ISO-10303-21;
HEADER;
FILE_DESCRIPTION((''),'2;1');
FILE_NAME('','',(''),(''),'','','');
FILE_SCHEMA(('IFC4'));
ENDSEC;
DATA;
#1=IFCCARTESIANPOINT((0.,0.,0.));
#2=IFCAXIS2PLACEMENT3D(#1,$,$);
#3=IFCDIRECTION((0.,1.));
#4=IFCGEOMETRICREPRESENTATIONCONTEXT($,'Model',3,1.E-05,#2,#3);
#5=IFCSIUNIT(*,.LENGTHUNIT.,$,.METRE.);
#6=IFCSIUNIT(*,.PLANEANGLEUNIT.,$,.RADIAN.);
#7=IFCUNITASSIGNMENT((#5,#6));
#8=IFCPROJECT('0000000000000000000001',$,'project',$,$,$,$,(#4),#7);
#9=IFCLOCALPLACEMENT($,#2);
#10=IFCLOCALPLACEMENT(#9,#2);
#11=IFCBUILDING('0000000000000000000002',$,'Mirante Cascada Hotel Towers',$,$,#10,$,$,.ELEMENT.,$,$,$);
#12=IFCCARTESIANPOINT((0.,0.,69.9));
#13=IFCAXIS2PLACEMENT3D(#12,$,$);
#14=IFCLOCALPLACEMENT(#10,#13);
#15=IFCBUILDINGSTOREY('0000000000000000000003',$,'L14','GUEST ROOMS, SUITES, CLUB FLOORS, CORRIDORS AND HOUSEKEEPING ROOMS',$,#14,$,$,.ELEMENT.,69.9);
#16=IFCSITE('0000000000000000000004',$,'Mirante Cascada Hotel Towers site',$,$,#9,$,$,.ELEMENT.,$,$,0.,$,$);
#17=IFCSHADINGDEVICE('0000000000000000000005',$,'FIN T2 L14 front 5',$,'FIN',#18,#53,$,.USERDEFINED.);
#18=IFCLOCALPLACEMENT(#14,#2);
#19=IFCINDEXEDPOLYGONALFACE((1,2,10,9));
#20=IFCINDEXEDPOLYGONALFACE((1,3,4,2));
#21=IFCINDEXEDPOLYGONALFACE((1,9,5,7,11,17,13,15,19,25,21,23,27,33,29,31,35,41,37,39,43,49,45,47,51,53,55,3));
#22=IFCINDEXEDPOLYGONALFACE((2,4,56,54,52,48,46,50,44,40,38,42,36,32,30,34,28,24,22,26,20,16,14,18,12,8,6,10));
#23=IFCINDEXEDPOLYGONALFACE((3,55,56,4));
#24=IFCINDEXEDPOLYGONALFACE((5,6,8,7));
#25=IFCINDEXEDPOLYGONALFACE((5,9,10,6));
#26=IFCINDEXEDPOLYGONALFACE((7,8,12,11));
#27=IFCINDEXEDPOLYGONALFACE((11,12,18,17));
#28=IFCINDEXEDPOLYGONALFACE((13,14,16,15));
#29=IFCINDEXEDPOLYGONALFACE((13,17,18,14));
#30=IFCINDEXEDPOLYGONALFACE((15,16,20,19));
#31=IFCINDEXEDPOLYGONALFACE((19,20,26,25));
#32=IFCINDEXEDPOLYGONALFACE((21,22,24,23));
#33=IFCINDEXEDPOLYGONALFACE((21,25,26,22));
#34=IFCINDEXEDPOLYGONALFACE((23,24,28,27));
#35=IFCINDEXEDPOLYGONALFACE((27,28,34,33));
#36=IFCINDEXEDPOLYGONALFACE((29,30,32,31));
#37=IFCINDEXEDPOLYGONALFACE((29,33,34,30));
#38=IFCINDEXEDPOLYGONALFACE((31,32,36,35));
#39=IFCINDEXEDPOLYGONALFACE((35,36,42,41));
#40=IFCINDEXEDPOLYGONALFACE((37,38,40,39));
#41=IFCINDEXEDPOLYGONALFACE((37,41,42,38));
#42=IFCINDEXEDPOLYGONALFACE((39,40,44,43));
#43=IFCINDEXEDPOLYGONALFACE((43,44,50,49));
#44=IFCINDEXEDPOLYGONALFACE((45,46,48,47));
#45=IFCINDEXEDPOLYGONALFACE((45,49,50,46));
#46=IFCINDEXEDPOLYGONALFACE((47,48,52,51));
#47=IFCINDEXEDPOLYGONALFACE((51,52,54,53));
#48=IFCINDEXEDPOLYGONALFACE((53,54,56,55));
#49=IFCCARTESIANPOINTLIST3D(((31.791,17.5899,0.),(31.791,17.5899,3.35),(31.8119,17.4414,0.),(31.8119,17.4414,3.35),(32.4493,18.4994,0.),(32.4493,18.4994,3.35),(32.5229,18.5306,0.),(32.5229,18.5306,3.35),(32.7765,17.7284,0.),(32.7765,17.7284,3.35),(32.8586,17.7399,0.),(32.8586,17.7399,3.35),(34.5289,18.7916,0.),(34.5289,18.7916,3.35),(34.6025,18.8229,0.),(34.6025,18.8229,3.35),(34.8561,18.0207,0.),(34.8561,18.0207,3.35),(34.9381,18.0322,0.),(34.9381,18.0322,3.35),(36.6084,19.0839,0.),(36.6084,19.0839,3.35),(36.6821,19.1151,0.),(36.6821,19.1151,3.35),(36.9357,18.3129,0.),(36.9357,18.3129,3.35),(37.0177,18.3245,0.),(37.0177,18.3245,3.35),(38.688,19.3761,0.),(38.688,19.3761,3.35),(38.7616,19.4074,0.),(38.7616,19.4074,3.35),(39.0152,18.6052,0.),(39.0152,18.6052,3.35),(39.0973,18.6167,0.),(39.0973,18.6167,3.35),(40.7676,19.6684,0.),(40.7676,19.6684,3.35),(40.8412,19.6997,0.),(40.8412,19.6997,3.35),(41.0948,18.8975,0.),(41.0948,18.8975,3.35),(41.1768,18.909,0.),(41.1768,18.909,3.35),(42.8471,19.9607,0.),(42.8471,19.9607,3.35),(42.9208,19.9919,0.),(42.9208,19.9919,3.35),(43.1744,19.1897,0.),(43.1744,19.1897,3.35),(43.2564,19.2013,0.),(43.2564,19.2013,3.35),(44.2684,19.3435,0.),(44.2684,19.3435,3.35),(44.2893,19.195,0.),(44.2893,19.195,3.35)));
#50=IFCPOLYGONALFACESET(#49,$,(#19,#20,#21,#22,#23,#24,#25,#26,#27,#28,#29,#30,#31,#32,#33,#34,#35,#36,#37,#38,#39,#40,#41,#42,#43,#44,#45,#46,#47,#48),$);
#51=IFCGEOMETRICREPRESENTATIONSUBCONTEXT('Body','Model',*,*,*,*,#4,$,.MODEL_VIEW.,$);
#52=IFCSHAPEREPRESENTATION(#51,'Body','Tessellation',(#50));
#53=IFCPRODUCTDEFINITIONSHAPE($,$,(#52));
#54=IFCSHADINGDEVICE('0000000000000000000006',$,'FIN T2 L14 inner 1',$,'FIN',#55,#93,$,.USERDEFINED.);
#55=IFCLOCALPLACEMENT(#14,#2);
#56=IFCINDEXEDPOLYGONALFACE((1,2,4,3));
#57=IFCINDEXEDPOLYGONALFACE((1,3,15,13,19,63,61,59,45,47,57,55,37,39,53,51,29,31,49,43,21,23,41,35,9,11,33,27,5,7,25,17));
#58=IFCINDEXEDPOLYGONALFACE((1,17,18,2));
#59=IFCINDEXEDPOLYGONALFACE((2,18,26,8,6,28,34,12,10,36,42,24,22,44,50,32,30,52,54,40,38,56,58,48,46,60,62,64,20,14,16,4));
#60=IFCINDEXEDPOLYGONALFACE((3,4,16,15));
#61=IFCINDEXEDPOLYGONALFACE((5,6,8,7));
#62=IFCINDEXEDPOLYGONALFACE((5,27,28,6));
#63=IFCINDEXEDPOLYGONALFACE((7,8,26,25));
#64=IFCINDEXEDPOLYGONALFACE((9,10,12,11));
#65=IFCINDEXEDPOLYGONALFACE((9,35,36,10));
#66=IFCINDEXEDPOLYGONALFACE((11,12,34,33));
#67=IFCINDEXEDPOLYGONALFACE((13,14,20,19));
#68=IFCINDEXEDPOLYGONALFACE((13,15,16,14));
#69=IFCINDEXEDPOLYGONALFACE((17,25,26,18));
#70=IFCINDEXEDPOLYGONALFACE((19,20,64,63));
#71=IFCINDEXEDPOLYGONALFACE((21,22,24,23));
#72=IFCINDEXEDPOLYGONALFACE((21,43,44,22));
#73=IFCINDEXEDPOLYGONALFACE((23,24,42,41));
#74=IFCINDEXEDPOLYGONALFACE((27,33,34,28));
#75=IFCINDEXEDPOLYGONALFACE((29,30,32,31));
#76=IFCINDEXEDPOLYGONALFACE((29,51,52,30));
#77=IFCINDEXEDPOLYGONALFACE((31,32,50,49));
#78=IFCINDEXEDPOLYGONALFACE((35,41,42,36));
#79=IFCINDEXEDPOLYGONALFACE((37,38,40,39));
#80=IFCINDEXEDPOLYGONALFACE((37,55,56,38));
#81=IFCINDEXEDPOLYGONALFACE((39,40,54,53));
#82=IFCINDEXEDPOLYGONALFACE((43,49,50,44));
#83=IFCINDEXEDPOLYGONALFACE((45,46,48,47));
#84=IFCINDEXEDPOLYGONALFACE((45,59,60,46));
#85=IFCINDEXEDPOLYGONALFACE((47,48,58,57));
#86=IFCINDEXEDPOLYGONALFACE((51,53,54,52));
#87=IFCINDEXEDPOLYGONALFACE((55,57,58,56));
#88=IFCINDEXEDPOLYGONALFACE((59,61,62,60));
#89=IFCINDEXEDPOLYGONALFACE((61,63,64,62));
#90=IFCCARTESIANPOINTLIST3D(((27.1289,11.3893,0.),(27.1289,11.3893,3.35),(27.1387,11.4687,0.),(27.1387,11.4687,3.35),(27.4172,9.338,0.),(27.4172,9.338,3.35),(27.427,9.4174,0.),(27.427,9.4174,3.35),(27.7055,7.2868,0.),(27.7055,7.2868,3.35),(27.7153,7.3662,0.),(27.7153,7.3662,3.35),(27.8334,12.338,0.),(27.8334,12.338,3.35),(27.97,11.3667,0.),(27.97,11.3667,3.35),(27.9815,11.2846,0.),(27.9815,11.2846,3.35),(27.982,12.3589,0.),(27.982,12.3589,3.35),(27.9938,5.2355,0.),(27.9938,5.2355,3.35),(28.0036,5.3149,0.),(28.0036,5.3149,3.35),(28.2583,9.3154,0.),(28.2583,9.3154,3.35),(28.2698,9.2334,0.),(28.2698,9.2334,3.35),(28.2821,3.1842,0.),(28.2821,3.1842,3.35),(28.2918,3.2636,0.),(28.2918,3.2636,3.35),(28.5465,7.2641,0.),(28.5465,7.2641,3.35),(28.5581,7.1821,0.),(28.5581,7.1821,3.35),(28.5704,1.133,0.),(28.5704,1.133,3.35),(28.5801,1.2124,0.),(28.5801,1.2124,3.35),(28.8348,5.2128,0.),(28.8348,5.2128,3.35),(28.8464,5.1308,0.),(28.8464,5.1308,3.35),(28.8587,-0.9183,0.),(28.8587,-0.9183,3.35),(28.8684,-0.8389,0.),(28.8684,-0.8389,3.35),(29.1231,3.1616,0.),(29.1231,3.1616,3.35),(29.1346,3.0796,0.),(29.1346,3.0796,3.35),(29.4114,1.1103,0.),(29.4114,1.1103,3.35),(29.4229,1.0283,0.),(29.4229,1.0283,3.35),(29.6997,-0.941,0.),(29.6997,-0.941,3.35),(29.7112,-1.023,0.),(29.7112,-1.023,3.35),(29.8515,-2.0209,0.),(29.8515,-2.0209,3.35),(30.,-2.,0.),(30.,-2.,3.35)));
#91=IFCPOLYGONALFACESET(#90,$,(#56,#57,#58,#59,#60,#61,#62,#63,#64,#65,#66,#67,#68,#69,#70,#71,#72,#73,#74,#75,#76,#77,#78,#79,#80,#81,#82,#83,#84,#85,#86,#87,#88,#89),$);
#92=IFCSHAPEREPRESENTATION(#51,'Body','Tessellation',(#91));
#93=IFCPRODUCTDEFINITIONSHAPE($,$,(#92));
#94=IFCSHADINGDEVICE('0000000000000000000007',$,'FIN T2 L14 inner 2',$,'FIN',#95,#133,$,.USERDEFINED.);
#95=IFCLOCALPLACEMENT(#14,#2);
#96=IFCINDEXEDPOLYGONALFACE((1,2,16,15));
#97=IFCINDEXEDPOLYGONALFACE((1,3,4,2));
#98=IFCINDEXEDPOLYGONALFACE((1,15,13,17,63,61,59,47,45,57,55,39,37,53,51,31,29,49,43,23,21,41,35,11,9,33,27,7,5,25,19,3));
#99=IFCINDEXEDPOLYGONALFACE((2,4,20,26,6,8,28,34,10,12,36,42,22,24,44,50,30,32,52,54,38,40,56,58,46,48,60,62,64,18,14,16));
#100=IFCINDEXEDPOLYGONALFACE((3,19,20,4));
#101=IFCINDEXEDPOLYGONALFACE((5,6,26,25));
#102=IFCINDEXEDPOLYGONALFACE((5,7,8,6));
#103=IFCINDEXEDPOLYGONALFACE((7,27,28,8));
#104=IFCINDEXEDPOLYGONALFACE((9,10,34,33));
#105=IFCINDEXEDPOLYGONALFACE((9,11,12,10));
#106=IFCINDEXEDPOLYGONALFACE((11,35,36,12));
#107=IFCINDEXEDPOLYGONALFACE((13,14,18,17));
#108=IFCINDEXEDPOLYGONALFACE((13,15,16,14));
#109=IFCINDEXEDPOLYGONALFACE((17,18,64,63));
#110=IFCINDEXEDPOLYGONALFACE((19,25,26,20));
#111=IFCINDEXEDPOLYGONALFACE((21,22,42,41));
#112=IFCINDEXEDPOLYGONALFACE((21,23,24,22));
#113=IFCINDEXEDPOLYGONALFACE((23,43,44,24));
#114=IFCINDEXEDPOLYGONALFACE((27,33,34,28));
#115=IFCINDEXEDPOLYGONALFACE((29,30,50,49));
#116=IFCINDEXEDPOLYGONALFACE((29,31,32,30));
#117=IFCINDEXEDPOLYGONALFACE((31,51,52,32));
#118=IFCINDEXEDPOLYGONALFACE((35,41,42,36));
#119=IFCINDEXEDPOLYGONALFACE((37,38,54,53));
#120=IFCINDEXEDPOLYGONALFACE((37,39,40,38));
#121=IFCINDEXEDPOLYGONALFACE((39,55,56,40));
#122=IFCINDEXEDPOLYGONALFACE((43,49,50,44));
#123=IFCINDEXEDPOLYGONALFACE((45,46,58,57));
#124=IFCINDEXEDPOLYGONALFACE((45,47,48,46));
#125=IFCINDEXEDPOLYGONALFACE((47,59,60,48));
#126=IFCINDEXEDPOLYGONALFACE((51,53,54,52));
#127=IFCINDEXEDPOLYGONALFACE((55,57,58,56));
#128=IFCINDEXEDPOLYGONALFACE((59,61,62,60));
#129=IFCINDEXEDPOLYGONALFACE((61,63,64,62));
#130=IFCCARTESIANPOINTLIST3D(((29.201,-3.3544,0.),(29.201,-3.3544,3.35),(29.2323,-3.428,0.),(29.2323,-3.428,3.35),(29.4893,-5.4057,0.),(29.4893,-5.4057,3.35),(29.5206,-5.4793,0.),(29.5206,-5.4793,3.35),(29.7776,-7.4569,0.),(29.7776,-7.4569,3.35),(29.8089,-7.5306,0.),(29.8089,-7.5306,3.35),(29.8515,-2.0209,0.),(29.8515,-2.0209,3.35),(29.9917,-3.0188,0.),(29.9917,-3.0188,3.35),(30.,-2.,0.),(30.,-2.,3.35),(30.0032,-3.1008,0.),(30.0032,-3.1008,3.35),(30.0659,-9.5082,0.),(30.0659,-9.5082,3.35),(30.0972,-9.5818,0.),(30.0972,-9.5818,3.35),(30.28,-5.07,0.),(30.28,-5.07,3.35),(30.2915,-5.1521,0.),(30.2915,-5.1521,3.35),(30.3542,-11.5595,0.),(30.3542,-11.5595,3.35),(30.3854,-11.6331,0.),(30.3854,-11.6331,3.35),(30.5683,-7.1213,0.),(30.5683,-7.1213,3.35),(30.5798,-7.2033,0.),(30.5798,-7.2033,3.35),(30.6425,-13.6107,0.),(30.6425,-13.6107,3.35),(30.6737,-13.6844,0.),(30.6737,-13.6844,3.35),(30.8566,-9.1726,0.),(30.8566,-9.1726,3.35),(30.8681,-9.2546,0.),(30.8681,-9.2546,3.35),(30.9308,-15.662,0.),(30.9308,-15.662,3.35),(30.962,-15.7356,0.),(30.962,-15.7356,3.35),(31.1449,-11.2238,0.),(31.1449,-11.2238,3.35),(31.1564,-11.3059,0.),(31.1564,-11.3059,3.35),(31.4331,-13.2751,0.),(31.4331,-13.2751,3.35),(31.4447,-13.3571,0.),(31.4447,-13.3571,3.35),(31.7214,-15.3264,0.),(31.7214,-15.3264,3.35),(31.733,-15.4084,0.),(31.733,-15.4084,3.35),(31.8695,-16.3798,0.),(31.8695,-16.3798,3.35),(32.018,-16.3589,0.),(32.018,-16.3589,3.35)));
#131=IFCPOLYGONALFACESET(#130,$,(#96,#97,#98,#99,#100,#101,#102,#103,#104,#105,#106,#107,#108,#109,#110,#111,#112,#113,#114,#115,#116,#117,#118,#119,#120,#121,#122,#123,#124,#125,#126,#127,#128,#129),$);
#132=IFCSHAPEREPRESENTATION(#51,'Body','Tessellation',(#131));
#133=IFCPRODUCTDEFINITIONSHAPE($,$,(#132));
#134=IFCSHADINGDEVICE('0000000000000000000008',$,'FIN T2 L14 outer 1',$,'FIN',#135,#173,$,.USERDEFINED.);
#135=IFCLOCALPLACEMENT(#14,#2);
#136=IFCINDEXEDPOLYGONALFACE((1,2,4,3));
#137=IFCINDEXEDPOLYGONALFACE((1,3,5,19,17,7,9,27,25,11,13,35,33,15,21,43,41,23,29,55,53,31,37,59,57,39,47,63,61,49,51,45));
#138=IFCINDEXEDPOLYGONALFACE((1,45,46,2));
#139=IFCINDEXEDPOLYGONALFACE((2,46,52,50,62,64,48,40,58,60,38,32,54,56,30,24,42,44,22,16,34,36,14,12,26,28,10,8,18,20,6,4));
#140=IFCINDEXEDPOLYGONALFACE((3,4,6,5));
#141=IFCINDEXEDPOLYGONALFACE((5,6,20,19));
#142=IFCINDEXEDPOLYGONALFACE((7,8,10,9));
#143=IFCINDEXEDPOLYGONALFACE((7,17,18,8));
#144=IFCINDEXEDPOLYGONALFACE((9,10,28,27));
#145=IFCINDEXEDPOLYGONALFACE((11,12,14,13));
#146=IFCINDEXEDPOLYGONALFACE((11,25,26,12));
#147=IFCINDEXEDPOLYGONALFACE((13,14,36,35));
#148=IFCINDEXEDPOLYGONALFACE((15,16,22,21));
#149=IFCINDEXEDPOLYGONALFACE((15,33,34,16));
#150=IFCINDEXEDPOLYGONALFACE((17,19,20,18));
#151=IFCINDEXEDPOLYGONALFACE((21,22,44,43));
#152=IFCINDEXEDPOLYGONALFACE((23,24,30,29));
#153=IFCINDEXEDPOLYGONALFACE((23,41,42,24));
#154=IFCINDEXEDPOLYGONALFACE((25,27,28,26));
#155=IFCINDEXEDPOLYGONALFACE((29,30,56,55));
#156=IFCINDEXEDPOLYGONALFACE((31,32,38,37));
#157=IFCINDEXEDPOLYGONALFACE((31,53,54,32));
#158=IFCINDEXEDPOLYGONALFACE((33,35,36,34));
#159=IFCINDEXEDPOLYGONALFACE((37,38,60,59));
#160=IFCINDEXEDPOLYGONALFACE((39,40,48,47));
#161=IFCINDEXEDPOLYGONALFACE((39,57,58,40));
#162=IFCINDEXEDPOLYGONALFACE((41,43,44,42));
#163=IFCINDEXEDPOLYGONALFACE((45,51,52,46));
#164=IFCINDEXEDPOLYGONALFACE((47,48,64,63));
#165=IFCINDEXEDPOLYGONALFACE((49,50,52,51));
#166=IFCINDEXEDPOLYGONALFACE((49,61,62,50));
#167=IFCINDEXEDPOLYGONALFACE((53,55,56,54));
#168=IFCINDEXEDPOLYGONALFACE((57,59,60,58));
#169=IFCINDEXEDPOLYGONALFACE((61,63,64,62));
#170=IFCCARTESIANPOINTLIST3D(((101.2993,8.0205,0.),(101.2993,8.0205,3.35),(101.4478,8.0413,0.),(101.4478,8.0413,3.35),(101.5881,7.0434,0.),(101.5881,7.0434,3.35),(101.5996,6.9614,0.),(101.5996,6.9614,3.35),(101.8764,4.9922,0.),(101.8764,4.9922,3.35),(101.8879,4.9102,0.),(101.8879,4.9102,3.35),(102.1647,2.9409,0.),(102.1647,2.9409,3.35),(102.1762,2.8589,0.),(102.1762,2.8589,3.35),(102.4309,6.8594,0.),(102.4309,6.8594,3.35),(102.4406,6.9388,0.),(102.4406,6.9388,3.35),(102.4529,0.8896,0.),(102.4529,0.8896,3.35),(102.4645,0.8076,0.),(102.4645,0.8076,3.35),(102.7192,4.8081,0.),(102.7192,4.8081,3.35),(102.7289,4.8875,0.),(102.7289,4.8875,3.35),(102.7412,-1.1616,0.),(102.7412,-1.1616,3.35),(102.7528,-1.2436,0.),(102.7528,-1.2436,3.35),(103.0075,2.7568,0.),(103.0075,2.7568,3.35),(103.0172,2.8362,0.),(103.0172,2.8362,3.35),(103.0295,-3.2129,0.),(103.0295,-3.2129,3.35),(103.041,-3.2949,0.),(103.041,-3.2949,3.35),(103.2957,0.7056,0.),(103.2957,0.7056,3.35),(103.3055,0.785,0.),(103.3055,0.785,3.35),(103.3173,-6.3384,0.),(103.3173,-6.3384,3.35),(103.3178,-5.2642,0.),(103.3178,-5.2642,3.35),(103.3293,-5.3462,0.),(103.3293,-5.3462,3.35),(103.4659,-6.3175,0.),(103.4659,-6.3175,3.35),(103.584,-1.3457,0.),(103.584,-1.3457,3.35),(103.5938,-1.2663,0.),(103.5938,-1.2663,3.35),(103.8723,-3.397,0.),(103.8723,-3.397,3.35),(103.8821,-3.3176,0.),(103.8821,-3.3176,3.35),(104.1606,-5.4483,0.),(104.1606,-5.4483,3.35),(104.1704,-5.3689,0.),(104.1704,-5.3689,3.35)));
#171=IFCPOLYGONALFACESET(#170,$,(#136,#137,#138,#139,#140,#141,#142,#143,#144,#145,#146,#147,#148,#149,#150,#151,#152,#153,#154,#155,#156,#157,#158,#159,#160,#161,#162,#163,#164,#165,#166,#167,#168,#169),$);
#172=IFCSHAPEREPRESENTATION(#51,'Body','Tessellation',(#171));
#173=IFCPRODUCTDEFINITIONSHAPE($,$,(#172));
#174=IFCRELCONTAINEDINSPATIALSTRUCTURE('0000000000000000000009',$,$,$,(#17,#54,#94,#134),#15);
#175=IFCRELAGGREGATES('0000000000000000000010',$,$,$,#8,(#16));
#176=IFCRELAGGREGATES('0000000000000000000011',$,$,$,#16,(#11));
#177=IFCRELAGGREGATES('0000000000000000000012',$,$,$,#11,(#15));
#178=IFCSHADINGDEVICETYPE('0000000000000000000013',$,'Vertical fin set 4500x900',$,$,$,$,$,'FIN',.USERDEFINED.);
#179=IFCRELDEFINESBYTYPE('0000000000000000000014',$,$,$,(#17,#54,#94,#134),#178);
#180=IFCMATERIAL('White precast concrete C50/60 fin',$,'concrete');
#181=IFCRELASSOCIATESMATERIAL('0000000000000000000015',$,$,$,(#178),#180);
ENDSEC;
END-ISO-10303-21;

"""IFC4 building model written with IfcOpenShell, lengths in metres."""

from ifc_helpers import new_model, si_unit, direction, frame, origin, place, context, subcontext, project, spatial, polyline, outline, extrude, material, type_object, element, save


model = new_model("IFC4")

# Units and contexts
model_context = context("Model", 3, precision=1e-05, world=origin(), true_north=direction((0.0, 1.0)))
body_context = subcontext(model_context, "Body", "Model", "MODEL_VIEW")
ifc_project = project(units=[si_unit("LENGTHUNIT", "METRE"), si_unit("PLANEANGLEUNIT", "RADIAN")], contexts=[model_context])

# Site, building, storey
site_placement = place(None, origin())
site = spatial("IfcSite", under=ifc_project, at=site_placement, Name="Mirante Cascada Hotel Towers site", CompositionType="ELEMENT", RefElevation=0.0)
building_placement = place(site_placement, origin())
building = spatial("IfcBuilding", under=site, at=building_placement, Name="Mirante Cascada Hotel Towers", CompositionType="ELEMENT")
storey_placement = place(building_placement, frame((0.0, 0.0, 69.9)))
storey = spatial("IfcBuildingStorey", under=building, at=storey_placement, Name="L14", Description="GUEST ROOMS, SUITES, CLUB FLOORS, CORRIDORS AND HOUSEKEEPING ROOMS", CompositionType="ELEMENT", Elevation=69.9)

# Shading devices
ifc_material_1 = material(Name="White precast concrete C50/60 fin", Category="concrete")
shading_device_type = type_object("IfcShadingDeviceType", Name="Vertical fin set 4500x900", ElementType="FIN", PredefinedType="USERDEFINED", material=ifc_material_1)
shading_device_1_placement = place(storey_placement, origin())
element("IfcShadingDevice", 1, at=shading_device_1_placement, inside=storey, type_object=shading_device_type, Name="FIN T2 L14 front 5", ObjectType="FIN", PredefinedType="USERDEFINED", context=body_context, shape_type="SweptSolid", body=[
    extrude(outline(polyline([(32.5229, 18.5306), (32.8586, 17.7399), (34.8561, 18.0207), (34.5289, 18.7916), (34.6025, 18.8229), (34.9381, 18.0322), (36.9357, 18.3129), (36.6084, 19.0839), (36.6821, 19.1151), (37.0177, 18.3245), (39.0152, 18.6052), (38.688, 19.3761), (38.7616, 19.4074), (39.0973, 18.6167), (41.0948, 18.8975), (40.7676, 19.6684), (40.8412, 19.6997), (41.1768, 18.909), (43.1744, 19.1897), (42.8471, 19.9607), (42.9208, 19.9919), (43.2564, 19.2013), (44.2684, 19.3435), (44.2893, 19.195), (31.8119, 17.4414), (31.791, 17.5899), (32.7765, 17.7284), (32.4493, 18.4994), (32.5229, 18.5306)])), origin(), (0.0, 0.0, 1.0), 3.35),
])
shading_device_2_placement = place(storey_placement, origin())
element("IfcShadingDevice", 2, at=shading_device_2_placement, inside=storey, type_object=shading_device_type, Name="FIN T2 L14 inner 1", ObjectType="FIN", PredefinedType="USERDEFINED", context=body_context, shape_type="SweptSolid", body=[
    extrude(outline(polyline([(28.8684, -0.8389), (29.6997, -0.941), (29.4229, 1.0283), (28.5704, 1.133), (28.5801, 1.2124), (29.4114, 1.1103), (29.1346, 3.0796), (28.2821, 3.1842), (28.2918, 3.2636), (29.1231, 3.1616), (28.8464, 5.1308), (27.9938, 5.2355), (28.0036, 5.3149), (28.8348, 5.2128), (28.5581, 7.1821), (27.7055, 7.2868), (27.7153, 7.3662), (28.5465, 7.2641), (28.2698, 9.2334), (27.4172, 9.338), (27.427, 9.4174), (28.2583, 9.3154), (27.9815, 11.2846), (27.1289, 11.3893), (27.1387, 11.4687), (27.97, 11.3667), (27.8334, 12.338), (27.982, 12.3589), (30.0, -2.0), (29.8515, -2.0209), (29.7112, -1.023), (28.8587, -0.9183), (28.8684, -0.8389)])), origin(), (0.0, 0.0, 1.0), 3.35),
])
shading_device_3_placement = place(storey_placement, origin())
element("IfcShadingDevice", 3, at=shading_device_3_placement, inside=storey, type_object=shading_device_type, Name="FIN T2 L14 inner 2", ObjectType="FIN", PredefinedType="USERDEFINED", context=body_context, shape_type="SweptSolid", body=[
    extrude(outline(polyline([(30.9308, -15.662), (31.7214, -15.3264), (31.4447, -13.3571), (30.6737, -13.6844), (30.6425, -13.6107), (31.4331, -13.2751), (31.1564, -11.3059), (30.3854, -11.6331), (30.3542, -11.5595), (31.1449, -11.2238), (30.8681, -9.2546), (30.0972, -9.5818), (30.0659, -9.5082), (30.8566, -9.1726), (30.5798, -7.2033), (29.8089, -7.5306), (29.7776, -7.4569), (30.5683, -7.1213), (30.2915, -5.1521), (29.5206, -5.4793), (29.4893, -5.4057), (30.28, -5.07), (30.0032, -3.1008), (29.2323, -3.428), (29.201, -3.3544), (29.9917, -3.0188), (29.8515, -2.0209), (30.0, -2.0), (32.018, -16.3589), (31.8695, -16.3798), (31.733, -15.4084), (30.962, -15.7356), (30.9308, -15.662)])), origin(), (0.0, 0.0, 1.0), 3.35),
])
shading_device_4_placement = place(storey_placement, origin())
element("IfcShadingDevice", 4, at=shading_device_4_placement, inside=storey, type_object=shading_device_type, Name="FIN T2 L14 outer 1", ObjectType="FIN", PredefinedType="USERDEFINED", context=body_context, shape_type="SweptSolid", body=[
    extrude(outline(polyline([(104.1606, -5.4483), (103.3293, -5.3462), (103.4659, -6.3175), (103.3173, -6.3384), (101.2993, 8.0205), (101.4478, 8.0413), (101.5881, 7.0434), (102.4406, 6.9388), (102.4309, 6.8594), (101.5996, 6.9614), (101.8764, 4.9922), (102.7289, 4.8875), (102.7192, 4.8081), (101.8879, 4.9102), (102.1647, 2.9409), (103.0172, 2.8362), (103.0075, 2.7568), (102.1762, 2.8589), (102.4529, 0.8896), (103.3055, 0.785), (103.2957, 0.7056), (102.4645, 0.8076), (102.7412, -1.1616), (103.5938, -1.2663), (103.584, -1.3457), (102.7528, -1.2436), (103.0295, -3.2129), (103.8821, -3.3176), (103.8723, -3.397), (103.041, -3.2949), (103.3178, -5.2642), (104.1704, -5.3689), (104.1606, -5.4483)])), origin(), (0.0, 0.0, 1.0), 3.35),
])

save(model, "model.ifc")
